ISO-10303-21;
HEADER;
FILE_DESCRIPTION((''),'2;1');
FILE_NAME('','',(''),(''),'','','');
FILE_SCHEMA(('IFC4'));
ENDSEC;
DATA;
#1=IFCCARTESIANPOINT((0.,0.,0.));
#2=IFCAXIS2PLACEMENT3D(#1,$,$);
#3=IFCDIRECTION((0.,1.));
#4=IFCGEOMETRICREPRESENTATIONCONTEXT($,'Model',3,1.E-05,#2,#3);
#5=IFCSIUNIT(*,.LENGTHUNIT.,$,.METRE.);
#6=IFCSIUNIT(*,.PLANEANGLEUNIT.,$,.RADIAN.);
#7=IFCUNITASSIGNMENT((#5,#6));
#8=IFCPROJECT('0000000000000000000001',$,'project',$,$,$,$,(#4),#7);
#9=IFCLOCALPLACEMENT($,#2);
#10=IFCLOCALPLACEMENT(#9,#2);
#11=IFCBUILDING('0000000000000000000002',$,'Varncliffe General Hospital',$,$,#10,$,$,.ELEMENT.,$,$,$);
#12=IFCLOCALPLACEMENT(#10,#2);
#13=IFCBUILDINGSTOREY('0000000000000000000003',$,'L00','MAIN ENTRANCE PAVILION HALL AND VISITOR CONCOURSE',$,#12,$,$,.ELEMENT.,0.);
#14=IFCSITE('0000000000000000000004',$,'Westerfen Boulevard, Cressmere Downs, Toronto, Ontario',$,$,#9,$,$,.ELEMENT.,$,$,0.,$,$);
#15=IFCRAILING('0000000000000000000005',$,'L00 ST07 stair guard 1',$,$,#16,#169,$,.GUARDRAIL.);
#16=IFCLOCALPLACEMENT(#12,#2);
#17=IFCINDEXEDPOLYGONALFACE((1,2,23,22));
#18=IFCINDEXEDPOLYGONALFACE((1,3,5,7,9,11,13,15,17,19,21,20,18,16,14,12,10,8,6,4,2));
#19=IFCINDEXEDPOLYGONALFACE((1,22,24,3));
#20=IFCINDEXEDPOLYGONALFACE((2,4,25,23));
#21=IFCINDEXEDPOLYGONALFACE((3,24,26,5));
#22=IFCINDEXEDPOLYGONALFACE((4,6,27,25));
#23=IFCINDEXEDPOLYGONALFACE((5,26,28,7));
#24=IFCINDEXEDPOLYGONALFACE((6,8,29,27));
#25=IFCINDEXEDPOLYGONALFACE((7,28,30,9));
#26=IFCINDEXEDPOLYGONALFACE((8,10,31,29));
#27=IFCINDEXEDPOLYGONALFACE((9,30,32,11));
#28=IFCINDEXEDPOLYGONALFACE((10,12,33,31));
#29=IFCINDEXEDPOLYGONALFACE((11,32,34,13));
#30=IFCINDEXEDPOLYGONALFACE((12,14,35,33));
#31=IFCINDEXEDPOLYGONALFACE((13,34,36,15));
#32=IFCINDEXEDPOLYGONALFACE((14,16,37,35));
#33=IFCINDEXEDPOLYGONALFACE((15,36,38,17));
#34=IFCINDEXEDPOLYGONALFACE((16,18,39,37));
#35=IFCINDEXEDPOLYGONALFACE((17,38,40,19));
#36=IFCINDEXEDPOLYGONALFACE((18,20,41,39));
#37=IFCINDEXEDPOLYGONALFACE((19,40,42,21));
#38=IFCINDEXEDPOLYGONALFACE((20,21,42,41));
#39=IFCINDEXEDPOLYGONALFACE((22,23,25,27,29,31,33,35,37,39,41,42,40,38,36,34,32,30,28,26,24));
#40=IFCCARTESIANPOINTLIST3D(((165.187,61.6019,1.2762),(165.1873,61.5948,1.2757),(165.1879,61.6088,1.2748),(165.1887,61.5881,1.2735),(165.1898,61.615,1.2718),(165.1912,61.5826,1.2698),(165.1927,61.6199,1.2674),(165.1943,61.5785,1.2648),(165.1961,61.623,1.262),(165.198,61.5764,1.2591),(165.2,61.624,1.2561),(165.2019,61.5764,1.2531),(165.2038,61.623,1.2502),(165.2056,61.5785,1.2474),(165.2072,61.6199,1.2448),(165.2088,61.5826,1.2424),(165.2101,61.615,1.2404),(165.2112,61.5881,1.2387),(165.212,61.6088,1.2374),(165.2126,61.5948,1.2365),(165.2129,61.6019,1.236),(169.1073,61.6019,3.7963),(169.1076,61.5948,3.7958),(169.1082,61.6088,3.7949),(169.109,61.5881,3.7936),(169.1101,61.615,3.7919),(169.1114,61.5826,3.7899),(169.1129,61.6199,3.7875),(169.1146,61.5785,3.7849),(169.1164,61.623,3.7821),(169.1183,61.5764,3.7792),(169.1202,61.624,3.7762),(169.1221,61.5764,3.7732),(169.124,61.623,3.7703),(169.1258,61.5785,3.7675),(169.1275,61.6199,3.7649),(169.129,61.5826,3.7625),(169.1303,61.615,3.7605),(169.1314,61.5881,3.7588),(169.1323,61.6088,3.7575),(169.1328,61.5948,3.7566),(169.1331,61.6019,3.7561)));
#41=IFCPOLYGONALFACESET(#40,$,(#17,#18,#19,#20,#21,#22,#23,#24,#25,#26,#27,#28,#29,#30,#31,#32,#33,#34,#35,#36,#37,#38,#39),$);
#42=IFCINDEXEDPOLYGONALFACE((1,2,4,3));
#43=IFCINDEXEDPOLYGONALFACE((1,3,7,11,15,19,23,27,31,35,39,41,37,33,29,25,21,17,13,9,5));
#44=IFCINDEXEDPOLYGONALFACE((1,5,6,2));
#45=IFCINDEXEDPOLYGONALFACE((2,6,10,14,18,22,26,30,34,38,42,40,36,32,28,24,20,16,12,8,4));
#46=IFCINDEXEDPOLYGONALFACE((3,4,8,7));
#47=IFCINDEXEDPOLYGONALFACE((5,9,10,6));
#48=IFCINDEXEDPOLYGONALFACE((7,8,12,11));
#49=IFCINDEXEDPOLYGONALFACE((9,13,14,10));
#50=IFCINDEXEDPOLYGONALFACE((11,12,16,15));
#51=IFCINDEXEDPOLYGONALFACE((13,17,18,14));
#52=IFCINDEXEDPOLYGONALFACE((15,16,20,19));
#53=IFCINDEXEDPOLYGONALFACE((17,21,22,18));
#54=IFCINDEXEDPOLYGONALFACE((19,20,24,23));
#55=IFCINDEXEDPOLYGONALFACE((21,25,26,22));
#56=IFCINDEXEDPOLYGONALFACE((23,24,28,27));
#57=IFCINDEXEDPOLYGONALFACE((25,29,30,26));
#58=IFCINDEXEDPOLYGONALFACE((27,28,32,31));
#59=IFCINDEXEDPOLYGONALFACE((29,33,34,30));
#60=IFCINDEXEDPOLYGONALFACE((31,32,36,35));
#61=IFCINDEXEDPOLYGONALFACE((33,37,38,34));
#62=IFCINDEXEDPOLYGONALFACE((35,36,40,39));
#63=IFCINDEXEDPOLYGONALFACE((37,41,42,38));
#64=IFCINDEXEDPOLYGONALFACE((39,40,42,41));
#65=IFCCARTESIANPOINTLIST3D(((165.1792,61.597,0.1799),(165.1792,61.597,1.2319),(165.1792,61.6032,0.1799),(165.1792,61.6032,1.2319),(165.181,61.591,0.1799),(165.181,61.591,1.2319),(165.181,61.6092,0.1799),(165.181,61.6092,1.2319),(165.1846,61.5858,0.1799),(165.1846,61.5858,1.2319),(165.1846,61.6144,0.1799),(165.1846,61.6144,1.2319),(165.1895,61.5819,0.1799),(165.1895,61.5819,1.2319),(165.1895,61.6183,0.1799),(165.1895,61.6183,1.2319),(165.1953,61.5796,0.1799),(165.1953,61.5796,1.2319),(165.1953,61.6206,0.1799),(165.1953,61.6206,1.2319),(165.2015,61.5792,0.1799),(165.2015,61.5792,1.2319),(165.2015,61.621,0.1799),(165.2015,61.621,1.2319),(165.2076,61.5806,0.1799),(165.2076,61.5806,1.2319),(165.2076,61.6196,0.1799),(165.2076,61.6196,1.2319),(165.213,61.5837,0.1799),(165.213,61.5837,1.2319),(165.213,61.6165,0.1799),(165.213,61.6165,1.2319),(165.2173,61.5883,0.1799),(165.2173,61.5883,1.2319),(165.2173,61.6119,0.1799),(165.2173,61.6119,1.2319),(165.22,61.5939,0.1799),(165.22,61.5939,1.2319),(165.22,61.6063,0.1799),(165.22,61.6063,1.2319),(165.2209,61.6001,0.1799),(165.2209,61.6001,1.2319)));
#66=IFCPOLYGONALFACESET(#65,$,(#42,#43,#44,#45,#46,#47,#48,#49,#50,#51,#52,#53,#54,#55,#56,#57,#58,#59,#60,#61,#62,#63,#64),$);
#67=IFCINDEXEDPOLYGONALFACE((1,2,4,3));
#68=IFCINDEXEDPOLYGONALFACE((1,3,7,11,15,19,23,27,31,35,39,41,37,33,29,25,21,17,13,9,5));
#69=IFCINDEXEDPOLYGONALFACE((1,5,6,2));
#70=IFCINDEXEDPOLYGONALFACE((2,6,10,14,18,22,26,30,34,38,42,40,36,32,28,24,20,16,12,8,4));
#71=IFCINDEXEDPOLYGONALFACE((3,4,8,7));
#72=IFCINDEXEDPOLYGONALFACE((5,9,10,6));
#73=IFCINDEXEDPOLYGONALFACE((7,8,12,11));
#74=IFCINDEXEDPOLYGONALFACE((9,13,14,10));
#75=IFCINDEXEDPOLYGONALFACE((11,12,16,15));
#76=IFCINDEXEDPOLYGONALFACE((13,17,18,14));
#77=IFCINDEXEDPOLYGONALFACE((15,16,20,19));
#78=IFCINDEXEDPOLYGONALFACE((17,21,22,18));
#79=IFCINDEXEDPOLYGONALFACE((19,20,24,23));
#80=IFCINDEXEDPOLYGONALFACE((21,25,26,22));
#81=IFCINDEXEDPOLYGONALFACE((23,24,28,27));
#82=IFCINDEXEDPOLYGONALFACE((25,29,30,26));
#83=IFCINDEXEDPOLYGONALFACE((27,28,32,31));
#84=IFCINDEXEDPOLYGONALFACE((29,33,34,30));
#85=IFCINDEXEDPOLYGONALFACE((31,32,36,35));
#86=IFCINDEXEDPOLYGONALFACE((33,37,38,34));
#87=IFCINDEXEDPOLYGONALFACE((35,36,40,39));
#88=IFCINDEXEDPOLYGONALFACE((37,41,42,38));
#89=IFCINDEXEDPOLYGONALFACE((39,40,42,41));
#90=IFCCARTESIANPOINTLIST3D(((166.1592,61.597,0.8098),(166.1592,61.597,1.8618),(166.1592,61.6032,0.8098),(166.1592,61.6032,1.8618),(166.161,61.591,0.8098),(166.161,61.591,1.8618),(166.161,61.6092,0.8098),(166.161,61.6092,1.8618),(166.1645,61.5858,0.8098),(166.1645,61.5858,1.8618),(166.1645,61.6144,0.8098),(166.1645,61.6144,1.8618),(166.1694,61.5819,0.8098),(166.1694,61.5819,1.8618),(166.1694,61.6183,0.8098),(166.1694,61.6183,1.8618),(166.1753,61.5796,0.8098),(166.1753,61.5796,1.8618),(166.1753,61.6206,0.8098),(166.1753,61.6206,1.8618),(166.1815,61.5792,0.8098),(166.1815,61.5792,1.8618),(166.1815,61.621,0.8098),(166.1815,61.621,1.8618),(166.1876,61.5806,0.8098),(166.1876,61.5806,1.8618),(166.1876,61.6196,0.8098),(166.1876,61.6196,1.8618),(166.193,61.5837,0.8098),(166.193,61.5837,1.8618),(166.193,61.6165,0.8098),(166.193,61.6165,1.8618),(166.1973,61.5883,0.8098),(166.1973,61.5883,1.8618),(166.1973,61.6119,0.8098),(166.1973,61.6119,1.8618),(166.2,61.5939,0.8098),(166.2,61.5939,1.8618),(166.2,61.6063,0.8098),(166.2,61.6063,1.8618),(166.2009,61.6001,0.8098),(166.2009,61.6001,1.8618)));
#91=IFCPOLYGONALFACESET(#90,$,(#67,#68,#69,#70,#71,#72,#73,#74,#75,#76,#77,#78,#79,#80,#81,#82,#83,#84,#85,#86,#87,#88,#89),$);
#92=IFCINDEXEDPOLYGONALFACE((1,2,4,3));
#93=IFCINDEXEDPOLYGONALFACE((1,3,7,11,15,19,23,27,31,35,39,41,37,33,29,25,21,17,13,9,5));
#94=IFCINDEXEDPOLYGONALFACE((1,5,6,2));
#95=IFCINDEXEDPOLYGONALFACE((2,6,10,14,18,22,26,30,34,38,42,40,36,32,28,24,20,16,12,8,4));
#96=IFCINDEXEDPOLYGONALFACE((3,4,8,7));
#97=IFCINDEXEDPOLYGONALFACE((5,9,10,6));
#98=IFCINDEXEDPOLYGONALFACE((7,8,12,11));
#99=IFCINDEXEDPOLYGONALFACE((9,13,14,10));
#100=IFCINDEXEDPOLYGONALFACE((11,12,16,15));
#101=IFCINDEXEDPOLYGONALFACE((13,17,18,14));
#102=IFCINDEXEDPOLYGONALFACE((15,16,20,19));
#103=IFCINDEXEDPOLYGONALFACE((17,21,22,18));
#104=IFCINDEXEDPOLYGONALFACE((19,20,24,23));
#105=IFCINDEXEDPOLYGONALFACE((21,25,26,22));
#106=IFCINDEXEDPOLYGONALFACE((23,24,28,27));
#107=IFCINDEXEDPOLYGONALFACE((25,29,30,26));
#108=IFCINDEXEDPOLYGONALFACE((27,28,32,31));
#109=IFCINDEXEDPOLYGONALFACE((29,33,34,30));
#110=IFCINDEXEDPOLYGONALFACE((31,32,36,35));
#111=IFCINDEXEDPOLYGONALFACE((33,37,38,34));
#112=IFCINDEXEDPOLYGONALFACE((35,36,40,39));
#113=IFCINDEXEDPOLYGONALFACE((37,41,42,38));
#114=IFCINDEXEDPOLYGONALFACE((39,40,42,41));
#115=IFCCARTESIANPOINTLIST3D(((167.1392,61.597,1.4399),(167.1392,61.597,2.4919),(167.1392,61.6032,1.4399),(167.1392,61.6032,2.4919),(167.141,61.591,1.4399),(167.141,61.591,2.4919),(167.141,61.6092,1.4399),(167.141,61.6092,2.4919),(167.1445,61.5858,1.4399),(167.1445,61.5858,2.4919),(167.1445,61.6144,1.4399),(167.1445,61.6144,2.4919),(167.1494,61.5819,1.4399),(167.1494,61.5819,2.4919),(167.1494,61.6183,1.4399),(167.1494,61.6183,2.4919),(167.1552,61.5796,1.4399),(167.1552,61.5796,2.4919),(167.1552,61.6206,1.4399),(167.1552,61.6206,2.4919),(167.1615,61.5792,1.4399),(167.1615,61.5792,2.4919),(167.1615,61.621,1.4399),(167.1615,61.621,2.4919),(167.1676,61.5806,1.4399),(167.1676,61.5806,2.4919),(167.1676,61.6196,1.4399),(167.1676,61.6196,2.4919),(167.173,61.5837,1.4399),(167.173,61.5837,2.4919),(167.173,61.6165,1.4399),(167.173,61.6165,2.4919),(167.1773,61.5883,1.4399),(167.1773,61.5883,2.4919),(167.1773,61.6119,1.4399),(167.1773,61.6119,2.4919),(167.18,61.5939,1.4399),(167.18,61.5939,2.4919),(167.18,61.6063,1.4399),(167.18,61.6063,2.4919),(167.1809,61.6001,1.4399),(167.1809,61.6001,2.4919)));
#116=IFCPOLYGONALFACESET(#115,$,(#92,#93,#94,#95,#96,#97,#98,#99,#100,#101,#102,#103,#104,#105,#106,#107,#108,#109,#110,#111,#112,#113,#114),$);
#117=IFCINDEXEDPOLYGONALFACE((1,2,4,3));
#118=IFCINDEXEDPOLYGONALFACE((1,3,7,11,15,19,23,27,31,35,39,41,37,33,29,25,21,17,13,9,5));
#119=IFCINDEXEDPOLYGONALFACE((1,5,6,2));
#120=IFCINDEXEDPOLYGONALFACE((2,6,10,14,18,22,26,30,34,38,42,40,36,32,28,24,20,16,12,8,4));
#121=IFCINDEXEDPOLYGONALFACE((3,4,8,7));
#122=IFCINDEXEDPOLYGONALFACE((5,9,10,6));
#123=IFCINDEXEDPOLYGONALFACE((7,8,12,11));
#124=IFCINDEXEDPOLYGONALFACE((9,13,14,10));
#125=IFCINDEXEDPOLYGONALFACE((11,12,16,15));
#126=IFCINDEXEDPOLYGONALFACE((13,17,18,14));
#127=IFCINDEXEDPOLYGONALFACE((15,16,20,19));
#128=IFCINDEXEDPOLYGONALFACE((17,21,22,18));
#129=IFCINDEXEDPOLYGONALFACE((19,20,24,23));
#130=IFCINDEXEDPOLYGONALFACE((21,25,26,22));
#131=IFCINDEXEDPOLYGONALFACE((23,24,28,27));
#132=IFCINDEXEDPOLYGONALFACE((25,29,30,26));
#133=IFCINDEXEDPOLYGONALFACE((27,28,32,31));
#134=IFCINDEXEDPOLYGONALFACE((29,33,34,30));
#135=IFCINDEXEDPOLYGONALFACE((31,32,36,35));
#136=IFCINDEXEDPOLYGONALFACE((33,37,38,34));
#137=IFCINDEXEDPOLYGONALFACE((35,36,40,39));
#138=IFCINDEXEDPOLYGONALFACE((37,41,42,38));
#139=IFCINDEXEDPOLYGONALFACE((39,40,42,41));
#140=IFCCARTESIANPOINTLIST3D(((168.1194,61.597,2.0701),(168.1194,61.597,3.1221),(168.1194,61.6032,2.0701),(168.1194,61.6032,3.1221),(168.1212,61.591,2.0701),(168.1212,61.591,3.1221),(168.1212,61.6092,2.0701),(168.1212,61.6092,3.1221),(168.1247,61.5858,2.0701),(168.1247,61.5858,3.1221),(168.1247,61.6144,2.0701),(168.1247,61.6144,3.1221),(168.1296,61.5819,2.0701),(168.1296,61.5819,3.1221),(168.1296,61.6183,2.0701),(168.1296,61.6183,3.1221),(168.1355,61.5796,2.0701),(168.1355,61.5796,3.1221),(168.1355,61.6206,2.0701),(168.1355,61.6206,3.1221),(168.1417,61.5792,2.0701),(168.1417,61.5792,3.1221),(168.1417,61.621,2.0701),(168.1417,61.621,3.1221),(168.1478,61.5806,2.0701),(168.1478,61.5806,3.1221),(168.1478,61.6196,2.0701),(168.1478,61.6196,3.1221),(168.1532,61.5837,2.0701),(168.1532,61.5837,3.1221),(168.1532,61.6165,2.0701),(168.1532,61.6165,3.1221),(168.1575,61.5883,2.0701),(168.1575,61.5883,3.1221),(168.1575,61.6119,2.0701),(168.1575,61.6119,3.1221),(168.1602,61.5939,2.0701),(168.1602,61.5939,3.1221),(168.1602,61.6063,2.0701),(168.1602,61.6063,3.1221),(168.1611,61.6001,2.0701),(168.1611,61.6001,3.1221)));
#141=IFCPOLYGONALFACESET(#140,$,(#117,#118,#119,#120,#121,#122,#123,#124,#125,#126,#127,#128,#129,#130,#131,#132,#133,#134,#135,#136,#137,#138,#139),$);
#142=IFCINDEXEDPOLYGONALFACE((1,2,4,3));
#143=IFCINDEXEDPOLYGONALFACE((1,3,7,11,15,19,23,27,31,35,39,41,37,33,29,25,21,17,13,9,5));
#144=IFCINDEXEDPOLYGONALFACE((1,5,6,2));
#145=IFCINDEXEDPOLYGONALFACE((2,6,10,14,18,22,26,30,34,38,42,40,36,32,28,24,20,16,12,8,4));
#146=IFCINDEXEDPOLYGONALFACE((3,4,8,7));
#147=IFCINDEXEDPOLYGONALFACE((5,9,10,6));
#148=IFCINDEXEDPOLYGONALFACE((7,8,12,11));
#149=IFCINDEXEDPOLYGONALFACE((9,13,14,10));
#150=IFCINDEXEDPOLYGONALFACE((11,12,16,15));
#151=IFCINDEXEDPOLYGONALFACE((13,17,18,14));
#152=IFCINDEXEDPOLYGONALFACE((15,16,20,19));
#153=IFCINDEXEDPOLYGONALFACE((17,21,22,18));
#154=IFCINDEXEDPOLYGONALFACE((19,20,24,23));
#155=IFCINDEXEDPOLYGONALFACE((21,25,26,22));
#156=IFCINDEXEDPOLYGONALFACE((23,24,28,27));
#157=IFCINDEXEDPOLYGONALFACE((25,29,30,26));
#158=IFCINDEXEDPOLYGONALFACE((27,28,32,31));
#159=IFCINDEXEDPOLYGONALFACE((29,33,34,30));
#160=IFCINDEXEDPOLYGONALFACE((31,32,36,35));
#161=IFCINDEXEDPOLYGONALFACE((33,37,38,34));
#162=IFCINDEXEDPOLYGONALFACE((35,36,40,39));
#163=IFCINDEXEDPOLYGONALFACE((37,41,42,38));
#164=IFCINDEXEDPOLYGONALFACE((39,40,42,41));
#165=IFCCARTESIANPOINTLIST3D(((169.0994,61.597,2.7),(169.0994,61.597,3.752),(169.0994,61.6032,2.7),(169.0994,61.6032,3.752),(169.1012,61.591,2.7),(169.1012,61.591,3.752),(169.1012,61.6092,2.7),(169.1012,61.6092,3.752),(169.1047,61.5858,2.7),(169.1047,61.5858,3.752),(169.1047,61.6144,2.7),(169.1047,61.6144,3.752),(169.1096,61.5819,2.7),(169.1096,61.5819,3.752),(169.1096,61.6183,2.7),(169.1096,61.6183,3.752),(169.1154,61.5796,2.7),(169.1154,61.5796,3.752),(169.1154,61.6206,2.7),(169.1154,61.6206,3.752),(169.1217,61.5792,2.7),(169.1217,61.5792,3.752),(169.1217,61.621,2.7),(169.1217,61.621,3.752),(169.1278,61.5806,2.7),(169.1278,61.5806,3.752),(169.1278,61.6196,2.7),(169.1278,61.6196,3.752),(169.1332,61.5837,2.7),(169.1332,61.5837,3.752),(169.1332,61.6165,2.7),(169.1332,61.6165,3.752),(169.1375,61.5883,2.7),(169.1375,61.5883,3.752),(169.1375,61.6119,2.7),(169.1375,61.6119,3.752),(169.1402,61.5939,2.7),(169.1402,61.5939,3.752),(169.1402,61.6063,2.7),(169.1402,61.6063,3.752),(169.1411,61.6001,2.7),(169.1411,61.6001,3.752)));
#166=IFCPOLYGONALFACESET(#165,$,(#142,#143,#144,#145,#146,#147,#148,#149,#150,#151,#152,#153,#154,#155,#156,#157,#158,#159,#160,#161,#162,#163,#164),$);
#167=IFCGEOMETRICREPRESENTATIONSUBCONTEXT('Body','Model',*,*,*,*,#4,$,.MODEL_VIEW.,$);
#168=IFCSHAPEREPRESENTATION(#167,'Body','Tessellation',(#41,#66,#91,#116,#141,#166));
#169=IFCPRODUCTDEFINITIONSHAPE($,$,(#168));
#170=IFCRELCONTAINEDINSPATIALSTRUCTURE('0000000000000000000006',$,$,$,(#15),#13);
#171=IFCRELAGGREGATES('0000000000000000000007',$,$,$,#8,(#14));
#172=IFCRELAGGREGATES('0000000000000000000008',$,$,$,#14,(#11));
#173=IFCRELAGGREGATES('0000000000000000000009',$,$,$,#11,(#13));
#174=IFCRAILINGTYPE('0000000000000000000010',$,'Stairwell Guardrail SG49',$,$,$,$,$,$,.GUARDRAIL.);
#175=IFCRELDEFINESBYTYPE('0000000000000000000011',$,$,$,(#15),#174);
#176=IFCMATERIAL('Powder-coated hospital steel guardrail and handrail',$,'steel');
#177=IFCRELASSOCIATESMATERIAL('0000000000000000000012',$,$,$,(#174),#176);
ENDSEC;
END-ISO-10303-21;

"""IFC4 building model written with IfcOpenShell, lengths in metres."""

from ifc_helpers import new_model, si_unit, direction, frame, origin, origin_2d, place, context, subcontext, project, spatial, circle, extrude, material, type_object, element, save


model = new_model("IFC4")

# Units and contexts
model_context = context("Model", 3, precision=1e-05, world=origin(), true_north=direction((0.0, 1.0)))
body_context = subcontext(model_context, "Body", "Model", "MODEL_VIEW")
ifc_project = project(units=[si_unit("LENGTHUNIT", "METRE"), si_unit("PLANEANGLEUNIT", "RADIAN")], contexts=[model_context])

# Site, building, storey
site_placement = place(None, origin())
site = spatial("IfcSite", under=ifc_project, at=site_placement, Name="Westerfen Boulevard, Cressmere Downs, Toronto, Ontario", CompositionType="ELEMENT", RefElevation=0.0)
building_placement = place(site_placement, origin())
building = spatial("IfcBuilding", under=site, at=building_placement, Name="Varncliffe General Hospital", CompositionType="ELEMENT")
storey_placement = place(building_placement, origin())
storey = spatial("IfcBuildingStorey", under=building, at=storey_placement, Name="L00", Description="MAIN ENTRANCE PAVILION HALL AND VISITOR CONCOURSE", CompositionType="ELEMENT", Elevation=0.0)

# Railing
ifc_material_1 = material(Name="Powder-coated hospital steel guardrail and handrail", Category="steel")
railing_type_1 = type_object("IfcRailingType", Name="Stairwell Guardrail SG49", PredefinedType="GUARDRAIL", material=ifc_material_1)
railing_1_placement = place(storey_placement, frame((165.2, 61.6001, 0.1799)))
element("IfcRailing", 1, at=railing_1_placement, inside=storey, type_object=railing_type_1, Name="L00 ST07 stair guard 1", PredefinedType="GUARDRAIL", context=body_context, shape_type="SweptSolid", body=[
    extrude(circle(Radius=0.0239, at=origin_2d()), frame((0.0, 0.0, 1.0762), z_axis=(0.841187, 0.0, 0.540744), x_axis=(0.0, 1.0, 0.0)), (0.0, 0.0, 1.0), 4.6604),
    extrude(circle(Radius=0.021, at=origin_2d()), origin(), (0.0, 0.0, 1.0), 1.052),
    extrude(circle(Radius=0.021, at=origin_2d()), frame((0.98, 0.0, 0.6299)), (0.0, 0.0, 1.0), 1.052),
    extrude(circle(Radius=0.021, at=origin_2d()), frame((1.96, 0.0, 1.26)), (0.0, 0.0, 1.0), 1.052),
    extrude(circle(Radius=0.021, at=origin_2d()), frame((2.9402, 0.0, 1.8901)), (0.0, 0.0, 1.0), 1.052),
    extrude(circle(Radius=0.021, at=origin_2d()), frame((3.9202, 0.0, 2.52)), (0.0, 0.0, 1.0), 1.052),
])

save(model, "model.ifc")
